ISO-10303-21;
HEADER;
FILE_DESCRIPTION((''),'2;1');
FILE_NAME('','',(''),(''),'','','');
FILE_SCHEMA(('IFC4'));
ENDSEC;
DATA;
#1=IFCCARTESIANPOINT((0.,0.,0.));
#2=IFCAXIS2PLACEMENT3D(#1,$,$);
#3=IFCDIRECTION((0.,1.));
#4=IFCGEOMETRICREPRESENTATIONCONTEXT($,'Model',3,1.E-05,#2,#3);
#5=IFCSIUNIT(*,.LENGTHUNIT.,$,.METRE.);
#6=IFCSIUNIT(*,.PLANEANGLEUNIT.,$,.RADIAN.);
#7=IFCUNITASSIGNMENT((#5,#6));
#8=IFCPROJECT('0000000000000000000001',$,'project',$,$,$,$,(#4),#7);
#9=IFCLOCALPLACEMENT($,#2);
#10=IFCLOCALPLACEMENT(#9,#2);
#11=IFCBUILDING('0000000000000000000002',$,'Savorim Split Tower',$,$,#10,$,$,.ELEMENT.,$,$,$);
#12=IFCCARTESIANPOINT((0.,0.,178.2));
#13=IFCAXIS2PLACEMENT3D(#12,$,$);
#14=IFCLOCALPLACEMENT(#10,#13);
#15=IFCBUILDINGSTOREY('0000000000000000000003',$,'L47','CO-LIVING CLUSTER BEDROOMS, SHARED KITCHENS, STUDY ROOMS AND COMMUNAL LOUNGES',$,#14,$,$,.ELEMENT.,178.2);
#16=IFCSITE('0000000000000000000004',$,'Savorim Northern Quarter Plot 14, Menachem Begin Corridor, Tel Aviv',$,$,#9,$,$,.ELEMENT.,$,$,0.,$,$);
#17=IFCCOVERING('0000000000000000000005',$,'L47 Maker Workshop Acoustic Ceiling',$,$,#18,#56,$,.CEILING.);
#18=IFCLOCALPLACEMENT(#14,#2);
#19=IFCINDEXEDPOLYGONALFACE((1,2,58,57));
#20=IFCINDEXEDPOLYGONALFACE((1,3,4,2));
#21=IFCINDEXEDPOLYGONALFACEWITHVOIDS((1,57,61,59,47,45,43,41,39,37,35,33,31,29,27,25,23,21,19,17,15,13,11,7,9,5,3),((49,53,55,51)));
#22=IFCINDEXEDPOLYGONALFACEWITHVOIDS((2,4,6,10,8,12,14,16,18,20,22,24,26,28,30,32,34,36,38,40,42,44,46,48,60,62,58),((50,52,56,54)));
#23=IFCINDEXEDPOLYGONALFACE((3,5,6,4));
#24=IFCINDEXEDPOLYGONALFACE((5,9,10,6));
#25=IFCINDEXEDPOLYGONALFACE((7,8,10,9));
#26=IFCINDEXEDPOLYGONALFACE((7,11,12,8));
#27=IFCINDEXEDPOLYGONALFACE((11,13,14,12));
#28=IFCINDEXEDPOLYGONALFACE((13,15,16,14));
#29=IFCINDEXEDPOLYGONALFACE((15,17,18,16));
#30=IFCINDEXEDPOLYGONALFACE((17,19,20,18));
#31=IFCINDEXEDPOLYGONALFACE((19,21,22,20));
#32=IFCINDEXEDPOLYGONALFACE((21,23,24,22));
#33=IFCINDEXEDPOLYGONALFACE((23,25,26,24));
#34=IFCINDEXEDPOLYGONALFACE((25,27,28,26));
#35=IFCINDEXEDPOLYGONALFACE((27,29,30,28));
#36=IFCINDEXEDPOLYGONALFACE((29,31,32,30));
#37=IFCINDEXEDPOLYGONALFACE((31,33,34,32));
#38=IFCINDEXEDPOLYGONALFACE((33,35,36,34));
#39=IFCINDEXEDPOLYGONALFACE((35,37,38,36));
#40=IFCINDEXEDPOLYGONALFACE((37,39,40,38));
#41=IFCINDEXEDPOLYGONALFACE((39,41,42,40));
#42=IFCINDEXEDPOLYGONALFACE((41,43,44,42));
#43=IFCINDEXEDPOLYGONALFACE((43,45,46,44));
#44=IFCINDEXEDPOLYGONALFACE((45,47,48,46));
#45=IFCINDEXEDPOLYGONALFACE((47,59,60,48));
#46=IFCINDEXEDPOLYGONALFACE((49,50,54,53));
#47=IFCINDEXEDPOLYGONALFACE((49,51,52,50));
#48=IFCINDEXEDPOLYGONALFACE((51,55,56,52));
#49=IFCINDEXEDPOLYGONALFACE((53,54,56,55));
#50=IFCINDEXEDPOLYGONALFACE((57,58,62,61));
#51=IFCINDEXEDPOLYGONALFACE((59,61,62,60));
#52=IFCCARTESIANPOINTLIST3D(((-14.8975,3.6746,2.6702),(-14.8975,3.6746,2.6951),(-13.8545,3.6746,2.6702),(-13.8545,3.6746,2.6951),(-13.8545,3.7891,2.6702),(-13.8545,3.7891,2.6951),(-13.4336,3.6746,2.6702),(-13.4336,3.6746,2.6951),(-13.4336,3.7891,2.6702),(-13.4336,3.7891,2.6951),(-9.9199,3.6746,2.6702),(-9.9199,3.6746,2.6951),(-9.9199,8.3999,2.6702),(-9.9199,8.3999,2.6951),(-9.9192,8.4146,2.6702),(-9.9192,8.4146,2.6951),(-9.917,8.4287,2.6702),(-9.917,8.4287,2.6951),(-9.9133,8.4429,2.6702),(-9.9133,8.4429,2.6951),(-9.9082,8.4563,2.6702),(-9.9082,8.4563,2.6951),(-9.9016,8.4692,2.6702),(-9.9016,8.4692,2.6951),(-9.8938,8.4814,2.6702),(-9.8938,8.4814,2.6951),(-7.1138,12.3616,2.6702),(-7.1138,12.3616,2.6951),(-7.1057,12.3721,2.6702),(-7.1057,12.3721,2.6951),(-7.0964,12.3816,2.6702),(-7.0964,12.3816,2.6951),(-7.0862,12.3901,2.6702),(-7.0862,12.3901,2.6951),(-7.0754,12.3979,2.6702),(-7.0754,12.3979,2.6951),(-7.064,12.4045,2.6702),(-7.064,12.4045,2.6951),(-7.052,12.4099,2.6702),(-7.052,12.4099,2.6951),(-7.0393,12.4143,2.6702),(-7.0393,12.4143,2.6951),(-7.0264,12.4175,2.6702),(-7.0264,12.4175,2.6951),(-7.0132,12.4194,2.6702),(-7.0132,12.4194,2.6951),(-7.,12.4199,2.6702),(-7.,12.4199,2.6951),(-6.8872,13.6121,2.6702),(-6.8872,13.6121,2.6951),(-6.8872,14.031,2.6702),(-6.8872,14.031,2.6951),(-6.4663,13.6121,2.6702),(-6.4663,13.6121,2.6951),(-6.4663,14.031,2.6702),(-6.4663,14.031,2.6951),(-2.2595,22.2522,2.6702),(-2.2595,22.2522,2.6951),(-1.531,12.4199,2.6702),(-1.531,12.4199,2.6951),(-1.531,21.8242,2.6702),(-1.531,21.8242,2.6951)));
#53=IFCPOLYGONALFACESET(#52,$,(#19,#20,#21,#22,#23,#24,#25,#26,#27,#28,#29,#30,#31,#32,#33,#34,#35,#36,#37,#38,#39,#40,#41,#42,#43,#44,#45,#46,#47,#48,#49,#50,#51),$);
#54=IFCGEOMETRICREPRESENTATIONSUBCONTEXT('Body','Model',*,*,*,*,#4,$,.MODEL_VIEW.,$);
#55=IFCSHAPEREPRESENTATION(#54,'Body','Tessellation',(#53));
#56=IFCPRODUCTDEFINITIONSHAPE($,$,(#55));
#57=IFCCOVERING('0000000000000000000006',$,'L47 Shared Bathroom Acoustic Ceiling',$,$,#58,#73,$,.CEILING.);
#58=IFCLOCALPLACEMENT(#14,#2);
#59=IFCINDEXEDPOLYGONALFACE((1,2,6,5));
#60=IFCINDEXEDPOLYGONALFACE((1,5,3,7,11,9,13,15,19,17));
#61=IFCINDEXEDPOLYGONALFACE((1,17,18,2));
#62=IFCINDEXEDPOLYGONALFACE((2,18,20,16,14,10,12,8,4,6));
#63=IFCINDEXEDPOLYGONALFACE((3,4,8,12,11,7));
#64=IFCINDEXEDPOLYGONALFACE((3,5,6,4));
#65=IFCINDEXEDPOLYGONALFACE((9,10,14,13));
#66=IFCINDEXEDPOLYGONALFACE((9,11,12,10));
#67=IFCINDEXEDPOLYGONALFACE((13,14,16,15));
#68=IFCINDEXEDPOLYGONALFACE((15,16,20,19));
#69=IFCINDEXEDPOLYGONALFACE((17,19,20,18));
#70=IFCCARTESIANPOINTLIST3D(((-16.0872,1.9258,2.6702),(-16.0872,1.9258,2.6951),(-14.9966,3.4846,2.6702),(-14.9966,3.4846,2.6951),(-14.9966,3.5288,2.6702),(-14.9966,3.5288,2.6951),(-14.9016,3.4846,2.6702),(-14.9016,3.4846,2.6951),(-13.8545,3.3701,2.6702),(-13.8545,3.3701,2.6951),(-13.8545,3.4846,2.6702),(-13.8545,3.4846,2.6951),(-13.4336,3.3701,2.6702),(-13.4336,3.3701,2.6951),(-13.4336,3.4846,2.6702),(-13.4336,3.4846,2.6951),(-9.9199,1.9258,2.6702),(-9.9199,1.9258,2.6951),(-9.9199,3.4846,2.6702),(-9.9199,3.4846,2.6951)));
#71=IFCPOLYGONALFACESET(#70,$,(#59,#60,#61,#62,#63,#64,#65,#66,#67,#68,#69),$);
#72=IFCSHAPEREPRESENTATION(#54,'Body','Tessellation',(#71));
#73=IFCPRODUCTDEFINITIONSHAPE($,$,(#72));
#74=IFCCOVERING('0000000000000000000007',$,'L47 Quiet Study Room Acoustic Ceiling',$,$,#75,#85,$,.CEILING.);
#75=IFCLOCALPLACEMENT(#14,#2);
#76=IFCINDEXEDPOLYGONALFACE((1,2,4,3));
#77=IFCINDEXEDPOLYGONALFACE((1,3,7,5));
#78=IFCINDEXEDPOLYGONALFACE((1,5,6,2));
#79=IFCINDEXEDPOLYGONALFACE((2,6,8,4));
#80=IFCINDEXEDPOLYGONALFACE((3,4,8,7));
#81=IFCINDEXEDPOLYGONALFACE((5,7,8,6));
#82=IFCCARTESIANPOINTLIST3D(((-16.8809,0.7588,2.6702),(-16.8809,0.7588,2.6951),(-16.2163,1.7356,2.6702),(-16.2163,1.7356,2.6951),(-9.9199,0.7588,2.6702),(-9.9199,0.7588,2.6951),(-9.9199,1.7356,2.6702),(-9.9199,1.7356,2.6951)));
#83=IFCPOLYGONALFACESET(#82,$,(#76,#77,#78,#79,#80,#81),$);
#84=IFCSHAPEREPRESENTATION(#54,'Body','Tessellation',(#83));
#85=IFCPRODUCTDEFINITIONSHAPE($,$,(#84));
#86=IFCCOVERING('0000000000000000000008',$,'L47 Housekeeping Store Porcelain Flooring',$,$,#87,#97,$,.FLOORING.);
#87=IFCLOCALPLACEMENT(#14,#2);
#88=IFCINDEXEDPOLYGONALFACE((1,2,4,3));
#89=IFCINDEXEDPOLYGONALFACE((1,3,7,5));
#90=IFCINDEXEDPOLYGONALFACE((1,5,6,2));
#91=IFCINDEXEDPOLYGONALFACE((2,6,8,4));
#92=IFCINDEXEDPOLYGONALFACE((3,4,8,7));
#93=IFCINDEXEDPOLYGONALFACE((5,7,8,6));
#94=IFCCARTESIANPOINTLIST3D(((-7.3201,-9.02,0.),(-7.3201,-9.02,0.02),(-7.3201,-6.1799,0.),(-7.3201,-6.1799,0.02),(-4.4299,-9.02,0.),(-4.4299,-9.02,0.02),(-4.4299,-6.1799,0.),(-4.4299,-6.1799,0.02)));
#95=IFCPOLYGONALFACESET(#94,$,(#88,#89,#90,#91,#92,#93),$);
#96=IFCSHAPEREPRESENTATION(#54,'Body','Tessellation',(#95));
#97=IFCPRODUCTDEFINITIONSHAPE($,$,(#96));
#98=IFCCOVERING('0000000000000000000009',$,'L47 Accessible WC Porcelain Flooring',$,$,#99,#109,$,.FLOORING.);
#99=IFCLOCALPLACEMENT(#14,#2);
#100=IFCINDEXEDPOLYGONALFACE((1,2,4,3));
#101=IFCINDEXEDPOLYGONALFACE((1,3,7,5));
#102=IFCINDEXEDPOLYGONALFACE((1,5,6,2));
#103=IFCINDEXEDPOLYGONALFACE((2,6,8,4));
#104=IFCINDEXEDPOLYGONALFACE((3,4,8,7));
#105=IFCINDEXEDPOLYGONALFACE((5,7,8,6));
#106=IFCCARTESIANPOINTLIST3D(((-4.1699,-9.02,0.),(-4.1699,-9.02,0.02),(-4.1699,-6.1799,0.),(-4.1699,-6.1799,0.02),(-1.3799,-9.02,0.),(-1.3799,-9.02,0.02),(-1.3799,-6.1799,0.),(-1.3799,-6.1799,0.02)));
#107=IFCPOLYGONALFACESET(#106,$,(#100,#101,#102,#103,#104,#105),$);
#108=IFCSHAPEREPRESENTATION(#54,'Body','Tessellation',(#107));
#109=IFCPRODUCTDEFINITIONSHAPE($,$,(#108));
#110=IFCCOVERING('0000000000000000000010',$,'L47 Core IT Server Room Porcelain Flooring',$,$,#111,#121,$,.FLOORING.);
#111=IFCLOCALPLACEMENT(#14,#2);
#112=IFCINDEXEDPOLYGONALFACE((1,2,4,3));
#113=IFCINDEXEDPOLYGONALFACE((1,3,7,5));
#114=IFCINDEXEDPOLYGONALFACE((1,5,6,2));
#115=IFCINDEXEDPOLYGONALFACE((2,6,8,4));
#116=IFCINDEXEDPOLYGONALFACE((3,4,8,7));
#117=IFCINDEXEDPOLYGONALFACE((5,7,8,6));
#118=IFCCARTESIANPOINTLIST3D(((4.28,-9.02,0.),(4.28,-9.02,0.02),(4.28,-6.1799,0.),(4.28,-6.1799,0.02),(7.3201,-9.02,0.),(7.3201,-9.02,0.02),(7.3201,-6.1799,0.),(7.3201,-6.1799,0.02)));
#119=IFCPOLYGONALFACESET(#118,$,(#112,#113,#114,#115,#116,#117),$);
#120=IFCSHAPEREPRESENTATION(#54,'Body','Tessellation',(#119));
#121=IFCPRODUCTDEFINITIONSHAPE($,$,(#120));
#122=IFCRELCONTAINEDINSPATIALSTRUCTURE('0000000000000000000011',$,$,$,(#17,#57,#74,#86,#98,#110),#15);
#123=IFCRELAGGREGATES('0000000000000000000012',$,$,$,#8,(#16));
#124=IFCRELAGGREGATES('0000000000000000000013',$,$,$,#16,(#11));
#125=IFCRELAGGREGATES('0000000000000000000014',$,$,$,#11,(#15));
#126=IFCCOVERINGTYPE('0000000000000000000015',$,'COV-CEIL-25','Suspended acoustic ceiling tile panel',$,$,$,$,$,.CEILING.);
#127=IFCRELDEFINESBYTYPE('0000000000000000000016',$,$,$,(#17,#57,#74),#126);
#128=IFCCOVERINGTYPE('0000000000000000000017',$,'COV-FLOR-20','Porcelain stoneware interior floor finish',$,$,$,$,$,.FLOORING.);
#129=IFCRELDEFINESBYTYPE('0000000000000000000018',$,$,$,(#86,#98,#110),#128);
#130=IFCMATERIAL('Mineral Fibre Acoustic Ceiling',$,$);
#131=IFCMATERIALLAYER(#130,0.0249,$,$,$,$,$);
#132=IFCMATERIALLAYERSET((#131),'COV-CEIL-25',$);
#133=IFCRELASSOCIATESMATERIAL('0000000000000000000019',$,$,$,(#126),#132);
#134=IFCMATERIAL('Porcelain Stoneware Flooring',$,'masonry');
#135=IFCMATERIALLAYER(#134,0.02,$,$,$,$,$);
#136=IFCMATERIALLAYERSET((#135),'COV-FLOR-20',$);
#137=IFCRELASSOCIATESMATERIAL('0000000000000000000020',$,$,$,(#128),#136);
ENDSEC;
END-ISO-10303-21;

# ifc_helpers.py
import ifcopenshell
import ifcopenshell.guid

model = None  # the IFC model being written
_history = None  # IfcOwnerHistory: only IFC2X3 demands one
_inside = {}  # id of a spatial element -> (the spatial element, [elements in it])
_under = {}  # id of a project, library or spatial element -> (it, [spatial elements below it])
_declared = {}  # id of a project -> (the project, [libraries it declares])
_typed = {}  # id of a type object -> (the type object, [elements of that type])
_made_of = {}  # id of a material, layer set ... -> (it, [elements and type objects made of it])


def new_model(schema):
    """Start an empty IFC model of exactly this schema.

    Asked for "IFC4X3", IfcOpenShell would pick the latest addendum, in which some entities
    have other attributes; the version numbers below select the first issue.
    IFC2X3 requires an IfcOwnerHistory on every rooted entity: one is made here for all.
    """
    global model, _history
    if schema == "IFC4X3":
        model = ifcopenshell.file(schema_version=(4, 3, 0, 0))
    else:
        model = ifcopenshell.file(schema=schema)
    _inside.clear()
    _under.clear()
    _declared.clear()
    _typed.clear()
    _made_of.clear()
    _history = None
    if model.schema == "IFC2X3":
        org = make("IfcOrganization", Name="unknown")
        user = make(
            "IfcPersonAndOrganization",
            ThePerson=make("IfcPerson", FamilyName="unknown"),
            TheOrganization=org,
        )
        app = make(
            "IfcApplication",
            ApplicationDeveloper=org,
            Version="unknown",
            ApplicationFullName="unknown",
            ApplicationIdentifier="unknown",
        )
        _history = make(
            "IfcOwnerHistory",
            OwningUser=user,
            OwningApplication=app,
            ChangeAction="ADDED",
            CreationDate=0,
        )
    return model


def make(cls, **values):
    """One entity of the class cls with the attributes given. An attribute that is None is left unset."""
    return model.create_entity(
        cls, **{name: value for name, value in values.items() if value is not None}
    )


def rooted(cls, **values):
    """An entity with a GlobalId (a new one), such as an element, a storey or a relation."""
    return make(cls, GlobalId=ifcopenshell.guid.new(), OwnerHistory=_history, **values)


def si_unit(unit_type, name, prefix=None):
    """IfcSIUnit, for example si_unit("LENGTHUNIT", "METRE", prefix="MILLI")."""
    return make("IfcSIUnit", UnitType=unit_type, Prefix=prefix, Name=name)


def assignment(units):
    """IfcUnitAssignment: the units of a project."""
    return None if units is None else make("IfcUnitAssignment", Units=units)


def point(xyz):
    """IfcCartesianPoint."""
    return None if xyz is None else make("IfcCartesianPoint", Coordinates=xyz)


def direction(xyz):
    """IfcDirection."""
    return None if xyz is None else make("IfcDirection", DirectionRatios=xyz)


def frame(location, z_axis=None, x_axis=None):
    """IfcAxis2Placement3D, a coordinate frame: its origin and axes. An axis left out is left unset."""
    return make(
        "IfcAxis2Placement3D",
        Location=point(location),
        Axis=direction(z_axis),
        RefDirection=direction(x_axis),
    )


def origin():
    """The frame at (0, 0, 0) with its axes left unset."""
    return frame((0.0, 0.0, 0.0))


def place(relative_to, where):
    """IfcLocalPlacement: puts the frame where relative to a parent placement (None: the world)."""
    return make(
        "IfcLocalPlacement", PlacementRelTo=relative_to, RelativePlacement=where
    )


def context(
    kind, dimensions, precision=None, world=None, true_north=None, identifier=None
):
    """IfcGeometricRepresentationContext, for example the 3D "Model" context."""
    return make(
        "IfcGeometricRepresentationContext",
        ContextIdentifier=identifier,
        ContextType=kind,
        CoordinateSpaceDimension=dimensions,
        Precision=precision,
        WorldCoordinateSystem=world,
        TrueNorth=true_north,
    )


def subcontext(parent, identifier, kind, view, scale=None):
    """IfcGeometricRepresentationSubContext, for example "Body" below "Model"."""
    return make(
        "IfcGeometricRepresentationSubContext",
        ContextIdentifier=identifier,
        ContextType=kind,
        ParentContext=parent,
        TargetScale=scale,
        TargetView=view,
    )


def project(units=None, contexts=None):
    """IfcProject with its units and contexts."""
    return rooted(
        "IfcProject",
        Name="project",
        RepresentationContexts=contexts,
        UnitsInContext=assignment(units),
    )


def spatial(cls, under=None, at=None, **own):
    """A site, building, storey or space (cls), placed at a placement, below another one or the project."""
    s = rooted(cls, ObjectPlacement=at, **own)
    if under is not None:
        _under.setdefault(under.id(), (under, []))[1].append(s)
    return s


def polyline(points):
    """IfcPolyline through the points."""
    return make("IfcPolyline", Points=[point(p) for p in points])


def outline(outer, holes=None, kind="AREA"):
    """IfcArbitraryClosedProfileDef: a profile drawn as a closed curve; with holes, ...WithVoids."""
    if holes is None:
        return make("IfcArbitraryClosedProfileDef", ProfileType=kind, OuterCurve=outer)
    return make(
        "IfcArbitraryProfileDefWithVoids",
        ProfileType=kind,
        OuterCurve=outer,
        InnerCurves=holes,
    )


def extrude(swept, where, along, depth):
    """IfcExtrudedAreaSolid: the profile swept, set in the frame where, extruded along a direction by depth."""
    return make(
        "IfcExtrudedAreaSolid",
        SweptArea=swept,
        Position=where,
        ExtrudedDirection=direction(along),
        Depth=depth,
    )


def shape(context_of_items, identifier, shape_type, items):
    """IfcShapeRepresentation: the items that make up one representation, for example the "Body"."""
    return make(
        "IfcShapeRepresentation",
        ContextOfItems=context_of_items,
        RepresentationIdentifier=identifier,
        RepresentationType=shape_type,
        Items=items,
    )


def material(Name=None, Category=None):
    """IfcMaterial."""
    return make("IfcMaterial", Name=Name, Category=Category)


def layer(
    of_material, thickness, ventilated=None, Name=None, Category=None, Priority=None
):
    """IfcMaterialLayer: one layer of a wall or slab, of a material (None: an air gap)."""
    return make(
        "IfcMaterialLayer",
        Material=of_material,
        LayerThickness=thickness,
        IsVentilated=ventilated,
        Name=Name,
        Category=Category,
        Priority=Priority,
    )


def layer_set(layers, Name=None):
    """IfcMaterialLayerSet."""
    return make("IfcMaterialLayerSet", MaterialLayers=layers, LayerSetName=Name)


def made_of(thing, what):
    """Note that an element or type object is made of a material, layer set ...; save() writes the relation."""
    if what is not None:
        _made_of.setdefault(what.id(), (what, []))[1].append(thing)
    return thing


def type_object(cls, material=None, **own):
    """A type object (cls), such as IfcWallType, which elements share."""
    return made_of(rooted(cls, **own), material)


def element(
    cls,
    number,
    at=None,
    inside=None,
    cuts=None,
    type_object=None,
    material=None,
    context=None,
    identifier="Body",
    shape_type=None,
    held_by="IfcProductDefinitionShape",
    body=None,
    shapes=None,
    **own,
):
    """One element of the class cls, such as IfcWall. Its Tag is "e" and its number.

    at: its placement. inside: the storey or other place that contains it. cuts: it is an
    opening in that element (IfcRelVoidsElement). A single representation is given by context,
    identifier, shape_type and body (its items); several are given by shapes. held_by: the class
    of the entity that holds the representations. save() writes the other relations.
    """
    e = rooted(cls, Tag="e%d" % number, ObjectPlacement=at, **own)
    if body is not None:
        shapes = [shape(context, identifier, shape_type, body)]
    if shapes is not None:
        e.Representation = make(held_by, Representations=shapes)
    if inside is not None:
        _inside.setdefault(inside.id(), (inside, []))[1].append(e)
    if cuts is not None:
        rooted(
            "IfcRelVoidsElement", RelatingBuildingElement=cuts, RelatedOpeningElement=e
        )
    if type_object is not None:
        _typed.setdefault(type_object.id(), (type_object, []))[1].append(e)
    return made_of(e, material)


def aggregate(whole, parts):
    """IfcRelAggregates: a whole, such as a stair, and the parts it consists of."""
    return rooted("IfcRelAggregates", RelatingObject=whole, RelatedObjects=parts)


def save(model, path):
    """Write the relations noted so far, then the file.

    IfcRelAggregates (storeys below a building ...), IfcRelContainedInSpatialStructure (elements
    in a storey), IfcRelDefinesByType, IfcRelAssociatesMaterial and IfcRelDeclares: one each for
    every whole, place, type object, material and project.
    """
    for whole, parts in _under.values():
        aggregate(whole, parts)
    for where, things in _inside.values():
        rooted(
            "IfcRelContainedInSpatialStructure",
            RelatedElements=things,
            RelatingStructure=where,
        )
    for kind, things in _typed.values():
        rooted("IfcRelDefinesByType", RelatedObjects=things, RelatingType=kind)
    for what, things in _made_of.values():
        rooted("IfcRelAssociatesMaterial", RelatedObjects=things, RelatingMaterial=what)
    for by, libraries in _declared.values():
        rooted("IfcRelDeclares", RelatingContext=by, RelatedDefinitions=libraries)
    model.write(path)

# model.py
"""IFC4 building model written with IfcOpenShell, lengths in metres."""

from ifc_helpers import new_model, si_unit, direction, frame, origin, place, context, subcontext, project, spatial, polyline, outline, extrude, material, layer, layer_set, type_object, element, save


model = new_model("IFC4")

# Units and contexts
model_context = context("Model", 3, precision=1e-05, world=origin(), true_north=direction((0.0, 1.0)))
body_context = subcontext(model_context, "Body", "Model", "MODEL_VIEW")
ifc_project = project(units=[si_unit("LENGTHUNIT", "METRE"), si_unit("PLANEANGLEUNIT", "RADIAN")], contexts=[model_context])

# Site, building, storey
site_placement = place(None, origin())
site = spatial("IfcSite", under=ifc_project, at=site_placement, Name="Savorim Northern Quarter Plot 14, Menachem Begin Corridor, Tel Aviv", CompositionType="ELEMENT", RefElevation=0.0)
building_placement = place(site_placement, origin())
building = spatial("IfcBuilding", under=site, at=building_placement, Name="Savorim Split Tower", CompositionType="ELEMENT")
storey_placement = place(building_placement, frame((0.0, 0.0, 178.2)))
storey = spatial("IfcBuildingStorey", under=building, at=storey_placement, Name="L47", Description="CO-LIVING CLUSTER BEDROOMS, SHARED KITCHENS, STUDY ROOMS AND COMMUNAL LOUNGES", CompositionType="ELEMENT", Elevation=178.2)

# Coverings
ifc_material_1 = material(Name="Mineral Fibre Acoustic Ceiling")
ifc_layer_1 = layer(ifc_material_1, 0.0249)
ifc_layer_set_1 = layer_set([ifc_layer_1], Name="COV-CEIL-25")
covering_type_1 = type_object("IfcCoveringType", Name="COV-CEIL-25", Description="Suspended acoustic ceiling tile panel", PredefinedType="CEILING", material=ifc_layer_set_1)
covering_1_placement = place(storey_placement, frame((0.0, 0.0, 2.6702)))
element("IfcCovering", 1, at=covering_1_placement, inside=storey, type_object=covering_type_1, Name="L47 Maker Workshop Acoustic Ceiling", PredefinedType="CEILING", context=body_context, shape_type="SweptSolid", body=[
    extrude(outline(polyline([(-7.0, 12.4199), (-1.531, 12.4199), (-1.531, 21.8242), (-2.2595, 22.2522), (-14.8975, 3.6746), (-13.8545, 3.6746), (-13.8545, 3.7891), (-13.4336, 3.7891), (-13.4336, 3.6746), (-9.9199, 3.6746), (-9.9199, 8.3999), (-9.9192, 8.4146), (-9.917, 8.4287), (-9.9133, 8.4429), (-9.9082, 8.4563), (-9.9016, 8.4692), (-9.8938, 8.4814), (-7.1138, 12.3616), (-7.1057, 12.3721), (-7.0964, 12.3816), (-7.0862, 12.3901), (-7.0754, 12.3979), (-7.064, 12.4045), (-7.052, 12.4099), (-7.0393, 12.4143), (-7.0264, 12.4175), (-7.0132, 12.4194), (-7.0, 12.4199)]), holes=[polyline([(-6.4663, 14.031), (-6.8872, 14.031), (-6.8872, 13.6121), (-6.4663, 13.6121), (-6.4663, 14.031)])]), origin(), (0.0, 0.0, 1.0), 0.0249),
])
covering_2_placement = place(storey_placement, frame((0.0, 0.0, 2.6702)))
element("IfcCovering", 2, at=covering_2_placement, inside=storey, type_object=covering_type_1, Name="L47 Shared Bathroom Acoustic Ceiling", PredefinedType="CEILING", context=body_context, shape_type="SweptSolid", body=[
    extrude(outline(polyline([(-13.8545, 3.4846), (-14.9016, 3.4846), (-14.9966, 3.4846), (-14.9966, 3.5288), (-16.0872, 1.9258), (-9.9199, 1.9258), (-9.9199, 3.4846), (-13.4336, 3.4846), (-13.4336, 3.3701), (-13.8545, 3.3701), (-13.8545, 3.4846)])), origin(), (0.0, 0.0, 1.0), 0.0249),
])
covering_3_placement = place(storey_placement, frame((0.0, 0.0, 2.6702)))
element("IfcCovering", 3, at=covering_3_placement, inside=storey, type_object=covering_type_1, Name="L47 Quiet Study Room Acoustic Ceiling", PredefinedType="CEILING", context=body_context, shape_type="SweptSolid", body=[
    extrude(outline(polyline([(-16.2163, 1.7356), (-16.8809, 0.7588), (-9.9199, 0.7588), (-9.9199, 1.7356), (-16.2163, 1.7356)])), origin(), (0.0, 0.0, 1.0), 0.0249),
])
ifc_material_2 = material(Name="Porcelain Stoneware Flooring", Category="masonry")
ifc_layer_2 = layer(ifc_material_2, 0.02)
ifc_layer_set_2 = layer_set([ifc_layer_2], Name="COV-FLOR-20")
covering_type_2 = type_object("IfcCoveringType", Name="COV-FLOR-20", Description="Porcelain stoneware interior floor finish", PredefinedType="FLOORING", material=ifc_layer_set_2)
covering_4_placement = place(storey_placement, origin())
element("IfcCovering", 4, at=covering_4_placement, inside=storey, type_object=covering_type_2, Name="L47 Housekeeping Store Porcelain Flooring", PredefinedType="FLOORING", context=body_context, shape_type="SweptSolid", body=[
    extrude(outline(polyline([(-7.3201, -6.1799), (-7.3201, -9.02), (-4.4299, -9.02), (-4.4299, -6.1799), (-7.3201, -6.1799)])), origin(), (0.0, 0.0, 1.0), 0.02),
])
covering_5_placement = place(storey_placement, origin())
element("IfcCovering", 5, at=covering_5_placement, inside=storey, type_object=covering_type_2, Name="L47 Accessible WC Porcelain Flooring", PredefinedType="FLOORING", context=body_context, shape_type="SweptSolid", body=[
    extrude(outline(polyline([(-4.1699, -6.1799), (-4.1699, -9.02), (-1.3799, -9.02), (-1.3799, -6.1799), (-4.1699, -6.1799)])), origin(), (0.0, 0.0, 1.0), 0.02),
])
covering_6_placement = place(storey_placement, origin())
element("IfcCovering", 6, at=covering_6_placement, inside=storey, type_object=covering_type_2, Name="L47 Core IT Server Room Porcelain Flooring", PredefinedType="FLOORING", context=body_context, shape_type="SweptSolid", body=[
    extrude(outline(polyline([(4.28, -6.1799), (4.28, -9.02), (7.3201, -9.02), (7.3201, -6.1799), (4.28, -6.1799)])), origin(), (0.0, 0.0, 1.0), 0.02),
])

save(model, "model.ifc")
